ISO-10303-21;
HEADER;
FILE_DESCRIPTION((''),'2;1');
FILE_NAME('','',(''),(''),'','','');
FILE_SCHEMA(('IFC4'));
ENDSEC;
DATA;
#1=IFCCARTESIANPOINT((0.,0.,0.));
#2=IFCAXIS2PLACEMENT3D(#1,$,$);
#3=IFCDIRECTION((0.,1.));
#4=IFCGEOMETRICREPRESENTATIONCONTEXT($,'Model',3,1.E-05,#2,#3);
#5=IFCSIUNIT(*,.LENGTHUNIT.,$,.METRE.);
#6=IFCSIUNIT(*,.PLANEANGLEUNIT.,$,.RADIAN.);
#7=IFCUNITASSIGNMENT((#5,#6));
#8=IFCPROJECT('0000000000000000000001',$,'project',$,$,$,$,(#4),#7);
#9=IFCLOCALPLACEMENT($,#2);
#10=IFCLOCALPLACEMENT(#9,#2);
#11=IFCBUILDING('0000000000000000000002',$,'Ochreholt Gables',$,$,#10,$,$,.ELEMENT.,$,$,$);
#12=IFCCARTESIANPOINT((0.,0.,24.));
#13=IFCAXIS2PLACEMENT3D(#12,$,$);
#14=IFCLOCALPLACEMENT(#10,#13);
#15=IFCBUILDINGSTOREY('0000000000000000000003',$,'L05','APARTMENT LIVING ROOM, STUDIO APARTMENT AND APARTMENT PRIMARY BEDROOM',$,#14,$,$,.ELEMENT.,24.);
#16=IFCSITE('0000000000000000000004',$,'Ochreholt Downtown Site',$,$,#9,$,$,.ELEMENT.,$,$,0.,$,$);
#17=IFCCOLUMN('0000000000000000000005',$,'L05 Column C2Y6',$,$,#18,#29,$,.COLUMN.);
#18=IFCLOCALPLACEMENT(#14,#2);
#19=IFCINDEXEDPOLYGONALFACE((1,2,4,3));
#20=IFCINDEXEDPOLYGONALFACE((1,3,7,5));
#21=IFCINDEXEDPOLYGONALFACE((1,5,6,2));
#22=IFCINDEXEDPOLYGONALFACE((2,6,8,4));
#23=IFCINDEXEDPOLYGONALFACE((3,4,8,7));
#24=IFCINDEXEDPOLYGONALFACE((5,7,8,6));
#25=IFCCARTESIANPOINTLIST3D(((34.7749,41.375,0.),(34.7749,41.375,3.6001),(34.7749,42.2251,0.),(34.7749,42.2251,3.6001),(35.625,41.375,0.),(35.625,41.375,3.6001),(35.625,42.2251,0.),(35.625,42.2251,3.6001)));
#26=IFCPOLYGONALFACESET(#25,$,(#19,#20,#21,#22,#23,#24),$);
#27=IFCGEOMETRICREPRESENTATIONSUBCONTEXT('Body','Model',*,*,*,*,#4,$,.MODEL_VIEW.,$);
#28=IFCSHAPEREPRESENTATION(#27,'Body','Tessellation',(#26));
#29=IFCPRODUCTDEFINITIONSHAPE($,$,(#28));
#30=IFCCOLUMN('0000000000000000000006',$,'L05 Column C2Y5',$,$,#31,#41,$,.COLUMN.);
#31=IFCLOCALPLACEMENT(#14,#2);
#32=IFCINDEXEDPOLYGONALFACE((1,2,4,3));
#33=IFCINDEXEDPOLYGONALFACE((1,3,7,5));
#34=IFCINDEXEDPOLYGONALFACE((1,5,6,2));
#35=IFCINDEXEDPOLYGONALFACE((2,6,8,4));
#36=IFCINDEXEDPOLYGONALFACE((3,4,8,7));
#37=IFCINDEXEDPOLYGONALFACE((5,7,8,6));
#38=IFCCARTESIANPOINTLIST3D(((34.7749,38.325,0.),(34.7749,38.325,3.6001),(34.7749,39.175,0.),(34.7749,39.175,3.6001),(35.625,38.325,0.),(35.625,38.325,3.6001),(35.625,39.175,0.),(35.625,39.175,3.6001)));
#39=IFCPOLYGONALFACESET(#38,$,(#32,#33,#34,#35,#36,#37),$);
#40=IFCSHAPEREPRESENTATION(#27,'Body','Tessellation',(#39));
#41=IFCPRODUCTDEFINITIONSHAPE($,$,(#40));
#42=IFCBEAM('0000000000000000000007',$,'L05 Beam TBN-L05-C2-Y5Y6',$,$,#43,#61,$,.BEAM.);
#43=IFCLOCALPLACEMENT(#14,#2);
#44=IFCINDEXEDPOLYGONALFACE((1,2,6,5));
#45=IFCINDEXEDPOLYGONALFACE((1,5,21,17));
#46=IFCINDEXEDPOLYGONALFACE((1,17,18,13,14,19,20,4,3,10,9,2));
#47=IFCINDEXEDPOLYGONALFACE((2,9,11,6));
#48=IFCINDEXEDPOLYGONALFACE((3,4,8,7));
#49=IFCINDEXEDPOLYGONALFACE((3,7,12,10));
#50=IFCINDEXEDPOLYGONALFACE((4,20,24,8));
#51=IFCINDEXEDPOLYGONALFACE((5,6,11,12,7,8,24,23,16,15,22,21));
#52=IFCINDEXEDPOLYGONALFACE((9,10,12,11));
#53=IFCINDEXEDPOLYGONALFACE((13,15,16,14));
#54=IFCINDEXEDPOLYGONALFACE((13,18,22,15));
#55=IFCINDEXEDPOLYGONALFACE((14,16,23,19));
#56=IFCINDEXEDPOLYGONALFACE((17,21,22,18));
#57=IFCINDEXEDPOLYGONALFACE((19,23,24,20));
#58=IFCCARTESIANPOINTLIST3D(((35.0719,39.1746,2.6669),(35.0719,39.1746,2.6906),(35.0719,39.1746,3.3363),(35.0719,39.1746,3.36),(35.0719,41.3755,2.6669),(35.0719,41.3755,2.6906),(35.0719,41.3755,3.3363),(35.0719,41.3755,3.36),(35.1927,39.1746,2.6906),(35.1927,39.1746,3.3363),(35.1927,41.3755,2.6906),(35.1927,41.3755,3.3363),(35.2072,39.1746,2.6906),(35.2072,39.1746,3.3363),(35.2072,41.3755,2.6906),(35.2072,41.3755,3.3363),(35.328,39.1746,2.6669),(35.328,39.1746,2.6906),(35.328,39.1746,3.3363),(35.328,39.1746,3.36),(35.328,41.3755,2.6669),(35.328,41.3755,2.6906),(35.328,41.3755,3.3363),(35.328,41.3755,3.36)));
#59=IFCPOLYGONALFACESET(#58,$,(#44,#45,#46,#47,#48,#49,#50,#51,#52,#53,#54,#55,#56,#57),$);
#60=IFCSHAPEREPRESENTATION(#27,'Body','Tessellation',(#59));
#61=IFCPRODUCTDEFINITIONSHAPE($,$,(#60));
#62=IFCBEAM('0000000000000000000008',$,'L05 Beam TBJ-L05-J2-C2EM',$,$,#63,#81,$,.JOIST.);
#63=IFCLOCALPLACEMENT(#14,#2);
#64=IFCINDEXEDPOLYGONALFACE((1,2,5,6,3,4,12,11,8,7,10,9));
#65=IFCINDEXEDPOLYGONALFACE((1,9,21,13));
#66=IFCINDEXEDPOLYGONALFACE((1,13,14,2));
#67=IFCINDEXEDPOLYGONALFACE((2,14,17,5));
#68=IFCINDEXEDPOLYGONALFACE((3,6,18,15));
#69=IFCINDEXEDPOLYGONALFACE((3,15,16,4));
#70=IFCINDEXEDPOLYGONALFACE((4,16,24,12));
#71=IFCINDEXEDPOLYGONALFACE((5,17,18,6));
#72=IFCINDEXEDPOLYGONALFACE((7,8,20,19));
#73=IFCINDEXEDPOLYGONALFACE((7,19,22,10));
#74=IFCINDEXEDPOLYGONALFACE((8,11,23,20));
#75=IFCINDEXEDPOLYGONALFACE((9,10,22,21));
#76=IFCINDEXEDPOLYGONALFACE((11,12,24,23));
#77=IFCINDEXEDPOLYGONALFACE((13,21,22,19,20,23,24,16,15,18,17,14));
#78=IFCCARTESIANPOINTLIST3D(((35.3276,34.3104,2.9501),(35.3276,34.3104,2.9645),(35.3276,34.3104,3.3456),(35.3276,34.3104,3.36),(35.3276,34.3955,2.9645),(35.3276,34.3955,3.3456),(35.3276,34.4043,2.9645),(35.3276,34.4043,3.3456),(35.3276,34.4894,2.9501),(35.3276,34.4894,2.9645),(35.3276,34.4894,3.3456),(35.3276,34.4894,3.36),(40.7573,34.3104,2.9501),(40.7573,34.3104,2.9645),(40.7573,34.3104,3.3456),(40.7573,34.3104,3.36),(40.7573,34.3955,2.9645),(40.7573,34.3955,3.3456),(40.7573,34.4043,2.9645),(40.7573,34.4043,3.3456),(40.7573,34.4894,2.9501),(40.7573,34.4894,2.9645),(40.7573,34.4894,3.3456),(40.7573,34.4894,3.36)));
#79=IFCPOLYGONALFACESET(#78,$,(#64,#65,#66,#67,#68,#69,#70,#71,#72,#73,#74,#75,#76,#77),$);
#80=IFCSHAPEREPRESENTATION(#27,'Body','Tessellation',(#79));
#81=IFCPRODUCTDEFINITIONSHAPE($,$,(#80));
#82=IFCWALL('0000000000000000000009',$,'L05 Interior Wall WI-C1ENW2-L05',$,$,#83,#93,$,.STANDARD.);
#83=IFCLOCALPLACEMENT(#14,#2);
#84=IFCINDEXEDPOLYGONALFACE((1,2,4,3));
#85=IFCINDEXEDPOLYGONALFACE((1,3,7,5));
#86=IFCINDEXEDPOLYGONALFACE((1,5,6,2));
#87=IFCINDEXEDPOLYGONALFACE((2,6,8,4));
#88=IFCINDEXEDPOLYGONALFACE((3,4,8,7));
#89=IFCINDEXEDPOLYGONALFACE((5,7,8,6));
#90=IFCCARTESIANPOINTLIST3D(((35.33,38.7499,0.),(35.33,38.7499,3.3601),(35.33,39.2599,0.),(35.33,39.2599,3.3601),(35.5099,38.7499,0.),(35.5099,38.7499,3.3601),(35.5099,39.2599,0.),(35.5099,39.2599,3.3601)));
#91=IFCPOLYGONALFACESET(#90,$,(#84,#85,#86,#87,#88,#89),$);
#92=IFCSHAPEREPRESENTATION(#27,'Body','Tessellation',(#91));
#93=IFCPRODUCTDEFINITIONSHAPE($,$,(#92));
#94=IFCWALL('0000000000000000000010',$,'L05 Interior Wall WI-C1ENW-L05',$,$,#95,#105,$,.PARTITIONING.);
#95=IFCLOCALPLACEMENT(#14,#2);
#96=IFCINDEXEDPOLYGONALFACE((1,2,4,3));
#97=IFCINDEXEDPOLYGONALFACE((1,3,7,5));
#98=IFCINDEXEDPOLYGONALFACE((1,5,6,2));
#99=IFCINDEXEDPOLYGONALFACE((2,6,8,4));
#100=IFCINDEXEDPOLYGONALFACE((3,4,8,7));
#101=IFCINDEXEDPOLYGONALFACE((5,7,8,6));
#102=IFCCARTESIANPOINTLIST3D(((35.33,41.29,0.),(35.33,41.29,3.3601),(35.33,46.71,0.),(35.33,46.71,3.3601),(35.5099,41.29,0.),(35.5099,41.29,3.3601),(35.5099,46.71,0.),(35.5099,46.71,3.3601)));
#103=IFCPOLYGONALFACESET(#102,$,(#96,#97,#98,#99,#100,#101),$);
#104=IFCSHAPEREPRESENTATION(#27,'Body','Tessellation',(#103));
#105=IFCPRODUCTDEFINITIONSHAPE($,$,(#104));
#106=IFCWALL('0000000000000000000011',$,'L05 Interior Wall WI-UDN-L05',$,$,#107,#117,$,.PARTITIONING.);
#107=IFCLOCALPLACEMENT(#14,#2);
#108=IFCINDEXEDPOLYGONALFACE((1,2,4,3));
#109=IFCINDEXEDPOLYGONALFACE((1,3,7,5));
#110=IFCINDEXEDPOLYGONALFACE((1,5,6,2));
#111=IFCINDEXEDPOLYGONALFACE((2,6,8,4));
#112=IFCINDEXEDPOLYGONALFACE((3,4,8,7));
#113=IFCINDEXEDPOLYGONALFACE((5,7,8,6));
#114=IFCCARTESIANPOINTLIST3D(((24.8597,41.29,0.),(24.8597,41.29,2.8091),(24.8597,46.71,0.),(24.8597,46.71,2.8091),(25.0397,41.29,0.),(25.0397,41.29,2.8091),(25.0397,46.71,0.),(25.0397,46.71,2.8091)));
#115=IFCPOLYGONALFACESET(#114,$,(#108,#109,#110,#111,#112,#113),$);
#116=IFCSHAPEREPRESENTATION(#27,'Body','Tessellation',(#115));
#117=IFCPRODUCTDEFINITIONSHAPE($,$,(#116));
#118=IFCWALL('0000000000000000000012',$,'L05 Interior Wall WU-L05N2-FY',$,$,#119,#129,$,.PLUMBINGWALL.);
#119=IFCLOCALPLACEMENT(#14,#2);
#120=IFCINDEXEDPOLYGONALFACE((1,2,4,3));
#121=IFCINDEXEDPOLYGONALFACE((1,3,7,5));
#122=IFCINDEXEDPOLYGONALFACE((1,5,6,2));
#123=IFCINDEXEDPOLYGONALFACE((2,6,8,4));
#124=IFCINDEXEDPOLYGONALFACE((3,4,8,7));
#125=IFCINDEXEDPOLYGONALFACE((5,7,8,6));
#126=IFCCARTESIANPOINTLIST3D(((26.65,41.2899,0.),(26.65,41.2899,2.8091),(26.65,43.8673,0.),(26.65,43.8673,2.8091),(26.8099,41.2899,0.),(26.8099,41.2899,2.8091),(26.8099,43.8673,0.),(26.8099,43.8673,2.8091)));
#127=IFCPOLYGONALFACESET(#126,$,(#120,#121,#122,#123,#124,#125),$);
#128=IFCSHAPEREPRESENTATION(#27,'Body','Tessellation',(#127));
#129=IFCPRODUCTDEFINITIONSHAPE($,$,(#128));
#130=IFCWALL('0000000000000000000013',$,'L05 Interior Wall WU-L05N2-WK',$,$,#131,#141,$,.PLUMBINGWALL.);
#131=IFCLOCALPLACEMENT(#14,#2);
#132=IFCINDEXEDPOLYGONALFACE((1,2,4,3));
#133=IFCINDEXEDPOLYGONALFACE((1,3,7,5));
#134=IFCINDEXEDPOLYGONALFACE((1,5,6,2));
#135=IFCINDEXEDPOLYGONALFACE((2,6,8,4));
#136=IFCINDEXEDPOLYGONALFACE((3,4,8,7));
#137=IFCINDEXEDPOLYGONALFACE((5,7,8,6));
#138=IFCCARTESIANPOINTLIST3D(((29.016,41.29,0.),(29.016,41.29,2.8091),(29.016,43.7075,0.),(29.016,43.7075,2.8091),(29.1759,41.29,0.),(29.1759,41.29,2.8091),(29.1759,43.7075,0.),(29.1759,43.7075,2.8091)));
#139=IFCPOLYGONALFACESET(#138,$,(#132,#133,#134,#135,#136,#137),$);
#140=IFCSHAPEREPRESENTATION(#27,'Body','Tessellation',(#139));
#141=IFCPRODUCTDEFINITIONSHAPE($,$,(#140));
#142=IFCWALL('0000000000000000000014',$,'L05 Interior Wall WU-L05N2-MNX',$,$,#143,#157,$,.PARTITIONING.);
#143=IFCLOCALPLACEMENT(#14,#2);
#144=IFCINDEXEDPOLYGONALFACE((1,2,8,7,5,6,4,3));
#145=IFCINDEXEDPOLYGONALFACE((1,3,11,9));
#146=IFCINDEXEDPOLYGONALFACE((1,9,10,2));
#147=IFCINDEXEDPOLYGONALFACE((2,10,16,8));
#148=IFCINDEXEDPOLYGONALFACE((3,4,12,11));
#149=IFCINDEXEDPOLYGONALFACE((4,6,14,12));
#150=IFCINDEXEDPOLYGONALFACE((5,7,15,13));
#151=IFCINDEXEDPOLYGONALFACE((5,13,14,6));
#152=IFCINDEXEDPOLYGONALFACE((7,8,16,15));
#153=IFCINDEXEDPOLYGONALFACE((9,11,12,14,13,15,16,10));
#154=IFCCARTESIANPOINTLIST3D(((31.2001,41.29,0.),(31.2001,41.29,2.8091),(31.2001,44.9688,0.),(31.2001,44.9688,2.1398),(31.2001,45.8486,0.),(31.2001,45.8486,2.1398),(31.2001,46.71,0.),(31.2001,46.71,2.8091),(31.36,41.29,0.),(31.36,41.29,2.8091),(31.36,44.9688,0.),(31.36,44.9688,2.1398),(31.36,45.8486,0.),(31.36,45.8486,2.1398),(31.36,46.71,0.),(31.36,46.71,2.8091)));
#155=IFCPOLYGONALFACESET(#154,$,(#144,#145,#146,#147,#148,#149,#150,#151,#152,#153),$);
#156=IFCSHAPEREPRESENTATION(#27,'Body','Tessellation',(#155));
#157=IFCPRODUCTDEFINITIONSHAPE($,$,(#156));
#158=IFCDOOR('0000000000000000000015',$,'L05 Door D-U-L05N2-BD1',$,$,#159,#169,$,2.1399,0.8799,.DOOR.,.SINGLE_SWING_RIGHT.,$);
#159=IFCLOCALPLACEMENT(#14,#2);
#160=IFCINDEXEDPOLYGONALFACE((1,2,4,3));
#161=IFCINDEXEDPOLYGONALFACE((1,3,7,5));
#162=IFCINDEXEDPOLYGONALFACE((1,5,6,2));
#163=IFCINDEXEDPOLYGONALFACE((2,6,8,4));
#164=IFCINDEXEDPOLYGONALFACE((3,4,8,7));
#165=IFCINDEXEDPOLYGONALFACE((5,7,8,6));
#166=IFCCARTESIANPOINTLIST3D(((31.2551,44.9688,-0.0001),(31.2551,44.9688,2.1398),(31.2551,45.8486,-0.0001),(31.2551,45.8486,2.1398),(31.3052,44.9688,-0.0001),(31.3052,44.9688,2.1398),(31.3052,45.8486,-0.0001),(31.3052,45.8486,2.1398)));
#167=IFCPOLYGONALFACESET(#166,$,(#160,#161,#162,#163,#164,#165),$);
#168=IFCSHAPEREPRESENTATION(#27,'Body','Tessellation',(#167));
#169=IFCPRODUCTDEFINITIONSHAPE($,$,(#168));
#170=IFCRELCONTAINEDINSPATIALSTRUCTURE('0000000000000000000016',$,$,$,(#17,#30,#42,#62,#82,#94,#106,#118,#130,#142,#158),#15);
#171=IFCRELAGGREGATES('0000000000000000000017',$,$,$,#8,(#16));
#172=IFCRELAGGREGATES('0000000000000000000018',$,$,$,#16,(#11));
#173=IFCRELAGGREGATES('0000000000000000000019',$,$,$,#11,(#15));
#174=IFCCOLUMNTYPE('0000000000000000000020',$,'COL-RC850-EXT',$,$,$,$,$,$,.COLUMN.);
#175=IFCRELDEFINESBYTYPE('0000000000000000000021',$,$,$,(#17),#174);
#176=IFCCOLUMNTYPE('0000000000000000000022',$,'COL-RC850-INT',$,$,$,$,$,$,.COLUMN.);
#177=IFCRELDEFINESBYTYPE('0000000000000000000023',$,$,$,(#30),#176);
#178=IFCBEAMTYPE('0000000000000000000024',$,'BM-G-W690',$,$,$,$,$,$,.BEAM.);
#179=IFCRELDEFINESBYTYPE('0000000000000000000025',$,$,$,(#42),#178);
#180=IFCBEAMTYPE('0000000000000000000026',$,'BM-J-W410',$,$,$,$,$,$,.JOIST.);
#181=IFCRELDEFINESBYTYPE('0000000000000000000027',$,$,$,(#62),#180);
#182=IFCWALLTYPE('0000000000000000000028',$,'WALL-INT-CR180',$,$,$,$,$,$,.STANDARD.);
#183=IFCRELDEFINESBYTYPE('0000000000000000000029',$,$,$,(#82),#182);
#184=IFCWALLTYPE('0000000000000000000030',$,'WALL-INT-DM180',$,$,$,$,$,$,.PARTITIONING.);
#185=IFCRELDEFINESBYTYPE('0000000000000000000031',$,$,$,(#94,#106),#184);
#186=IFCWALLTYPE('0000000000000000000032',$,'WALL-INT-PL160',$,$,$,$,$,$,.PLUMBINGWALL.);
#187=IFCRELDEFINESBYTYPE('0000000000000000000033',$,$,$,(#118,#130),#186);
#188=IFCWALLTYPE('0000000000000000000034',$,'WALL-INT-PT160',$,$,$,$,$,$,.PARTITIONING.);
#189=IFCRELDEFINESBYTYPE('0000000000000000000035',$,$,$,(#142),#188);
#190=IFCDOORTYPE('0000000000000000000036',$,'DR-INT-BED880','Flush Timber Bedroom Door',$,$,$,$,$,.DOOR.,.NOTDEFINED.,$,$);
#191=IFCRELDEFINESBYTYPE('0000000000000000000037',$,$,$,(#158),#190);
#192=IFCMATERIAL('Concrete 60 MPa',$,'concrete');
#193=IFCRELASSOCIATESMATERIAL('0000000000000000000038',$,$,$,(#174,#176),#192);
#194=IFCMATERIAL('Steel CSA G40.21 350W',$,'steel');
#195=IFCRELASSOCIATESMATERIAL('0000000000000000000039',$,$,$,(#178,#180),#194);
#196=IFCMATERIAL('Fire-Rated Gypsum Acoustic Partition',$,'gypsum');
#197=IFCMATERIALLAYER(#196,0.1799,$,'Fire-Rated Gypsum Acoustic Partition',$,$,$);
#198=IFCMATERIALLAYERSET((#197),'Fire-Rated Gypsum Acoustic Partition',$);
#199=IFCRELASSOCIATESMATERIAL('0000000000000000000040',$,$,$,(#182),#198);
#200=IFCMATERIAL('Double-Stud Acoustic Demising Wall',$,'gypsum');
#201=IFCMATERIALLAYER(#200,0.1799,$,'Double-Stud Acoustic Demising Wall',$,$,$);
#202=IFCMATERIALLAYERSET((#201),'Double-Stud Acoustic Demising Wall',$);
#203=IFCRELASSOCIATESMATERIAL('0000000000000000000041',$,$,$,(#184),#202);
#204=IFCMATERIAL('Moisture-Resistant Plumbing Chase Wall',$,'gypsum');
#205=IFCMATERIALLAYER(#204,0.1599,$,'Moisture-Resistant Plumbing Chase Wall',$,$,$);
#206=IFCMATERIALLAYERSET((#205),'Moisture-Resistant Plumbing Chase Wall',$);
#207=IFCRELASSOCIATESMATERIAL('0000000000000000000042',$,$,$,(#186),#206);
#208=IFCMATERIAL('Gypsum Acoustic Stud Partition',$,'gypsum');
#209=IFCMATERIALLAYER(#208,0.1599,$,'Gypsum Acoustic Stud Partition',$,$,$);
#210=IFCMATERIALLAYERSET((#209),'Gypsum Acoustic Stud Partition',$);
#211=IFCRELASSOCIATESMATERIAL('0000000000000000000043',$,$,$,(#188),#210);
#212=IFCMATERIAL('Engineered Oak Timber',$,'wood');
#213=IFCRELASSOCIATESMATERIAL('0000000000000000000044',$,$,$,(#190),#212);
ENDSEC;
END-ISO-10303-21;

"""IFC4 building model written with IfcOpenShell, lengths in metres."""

from ifc_helpers import new_model, si_unit, direction, frame, frame_2d, origin, origin_2d, place, context, subcontext, project, spatial, rectangle, i_section, extrude, material, layer, layer_set, material_profile, profile_set, type_object, element, fill, save


model = new_model("IFC4")

# Units and contexts
model_context = context("Model", 3, precision=1e-05, world=origin(), true_north=direction((0.0, 1.0)))
body_context = subcontext(model_context, "Body", "Model", "MODEL_VIEW")
ifc_project = project(units=[si_unit("LENGTHUNIT", "METRE"), si_unit("PLANEANGLEUNIT", "RADIAN")], contexts=[model_context])

# Site, building, storey
site_placement = place(None, origin())
site = spatial("IfcSite", under=ifc_project, at=site_placement, Name="Ochreholt Downtown Site", CompositionType="ELEMENT", RefElevation=0.0)
building_placement = place(site_placement, origin())
building = spatial("IfcBuilding", under=site, at=building_placement, Name="Ochreholt Gables", CompositionType="ELEMENT")
storey_placement = place(building_placement, frame((0.0, 0.0, 24.0)))
storey = spatial("IfcBuildingStorey", under=building, at=storey_placement, Name="L05", Description="APARTMENT LIVING ROOM, STUDIO APARTMENT AND APARTMENT PRIMARY BEDROOM", CompositionType="ELEMENT", Elevation=24.0)

# Columns
ifc_material_1 = material(Name="Concrete 60 MPa", Category="concrete")
ifc_material_profile_1 = material_profile(ifc_material_1, rectangle(XDim=0.8501, YDim=0.8501, at=origin_2d()), Name="RC850X850")
ifc_profile_set_1 = profile_set([ifc_material_profile_1], Name="Concrete 60 MPa")
column_type_1 = type_object("IfcColumnType", Name="COL-RC850-EXT", PredefinedType="COLUMN", material=ifc_profile_set_1)
column_1_placement = place(storey_placement, frame((35.2, 41.8, 0.0), z_axis=(0.0, 0.0, 1.0), x_axis=(1.0, 0.0, 0.0)))
element("IfcColumn", 1, at=column_1_placement, inside=storey, type_object=column_type_1, Name="L05 Column C2Y6", PredefinedType="COLUMN", context=body_context, shape_type="SweptSolid", body=[
    extrude(rectangle(XDim=0.8501, YDim=0.8501, at=origin_2d()), origin(), (0.0, 0.0, 1.0), 3.6001),
])
ifc_material_profile_2 = material_profile(ifc_material_1, rectangle(XDim=0.8501, YDim=0.8501, at=origin_2d()), Name="RC850X850")
ifc_profile_set_2 = profile_set([ifc_material_profile_2], Name="Concrete 60 MPa")
column_type_2 = type_object("IfcColumnType", Name="COL-RC850-INT", PredefinedType="COLUMN", material=ifc_profile_set_2)
column_2_placement = place(storey_placement, frame((35.2, 38.75, 0.0), z_axis=(0.0, 0.0, 1.0), x_axis=(1.0, 0.0, 0.0)))
element("IfcColumn", 2, at=column_2_placement, inside=storey, type_object=column_type_2, Name="L05 Column C2Y5", PredefinedType="COLUMN", context=body_context, shape_type="SweptSolid", body=[
    extrude(rectangle(XDim=0.8501, YDim=0.8501, at=origin_2d()), origin(), (0.0, 0.0, 1.0), 3.6001),
])

# Beams
ifc_material_2 = material(Name="Steel CSA G40.21 350W", Category="steel")
ifc_material_profile_3 = material_profile(ifc_material_2, i_section(OverallWidth=0.2561, OverallDepth=0.6931, WebThickness=0.0144, FlangeThickness=0.0237, at=origin_2d()), Name="W690X170")
ifc_profile_set_3 = profile_set([ifc_material_profile_3], Name="Steel CSA G40.21 350W")
beam_type_1 = type_object("IfcBeamType", Name="BM-G-W690", PredefinedType="BEAM", material=ifc_profile_set_3)
beam_1_placement = place(storey_placement, frame((35.2, 39.1746, 3.0134), z_axis=(0.0, 1.0, 0.0), x_axis=(-1.0, 0.0, 0.0)))
element("IfcBeam", 3, at=beam_1_placement, inside=storey, type_object=beam_type_1, Name="L05 Beam TBN-L05-C2-Y5Y6", PredefinedType="BEAM", context=body_context, shape_type="SweptSolid", body=[
    extrude(i_section(OverallWidth=0.2561, OverallDepth=0.6931, WebThickness=0.0144, FlangeThickness=0.0237, at=origin_2d()), origin(), (0.0, 0.0, 1.0), 2.2009),
])
ifc_material_profile_4 = material_profile(ifc_material_2, i_section(OverallWidth=0.179, OverallDepth=0.4099, WebThickness=0.0088, FlangeThickness=0.0144, at=origin_2d()), Name="W410X67")
ifc_profile_set_4 = profile_set([ifc_material_profile_4], Name="Steel CSA G40.21 350W")
beam_type_2 = type_object("IfcBeamType", Name="BM-J-W410", PredefinedType="JOIST", material=ifc_profile_set_4)
beam_2_placement = place(storey_placement, frame((35.3276, 34.3999, 3.155), z_axis=(1.0, 0.0, 0.0), x_axis=(0.0, 1.0, 0.0)))
element("IfcBeam", 4, at=beam_2_placement, inside=storey, type_object=beam_type_2, Name="L05 Beam TBJ-L05-J2-C2EM", PredefinedType="JOIST", context=body_context, shape_type="SweptSolid", body=[
    extrude(i_section(OverallWidth=0.179, OverallDepth=0.4099, WebThickness=0.0088, FlangeThickness=0.0144, at=origin_2d()), origin(), (0.0, 0.0, 1.0), 5.4297),
])

# Walls
ifc_material_3 = material(Name="Fire-Rated Gypsum Acoustic Partition", Category="gypsum")
ifc_layer_1 = layer(ifc_material_3, 0.1799, Name="Fire-Rated Gypsum Acoustic Partition")
ifc_layer_set_1 = layer_set([ifc_layer_1], Name="Fire-Rated Gypsum Acoustic Partition")
wall_type_1 = type_object("IfcWallType", Name="WALL-INT-CR180", PredefinedType="STANDARD", material=ifc_layer_set_1)
wall_1_placement = place(storey_placement, frame((35.4199, 38.75, 0.0), z_axis=(0.0, 0.0, 1.0), x_axis=(0.0, 1.0, 0.0)))
element("IfcWall", 5, at=wall_1_placement, inside=storey, type_object=wall_type_1, Name="L05 Interior Wall WI-C1ENW2-L05", PredefinedType="STANDARD", context=body_context, shape_type="SweptSolid", body=[
    extrude(rectangle(XDim=0.51, YDim=0.1799, at=frame_2d((0.2549, 0.0))), origin(), (0.0, 0.0, 1.0), 3.3601),
])
ifc_material_4 = material(Name="Double-Stud Acoustic Demising Wall", Category="gypsum")
ifc_layer_2 = layer(ifc_material_4, 0.1799, Name="Double-Stud Acoustic Demising Wall")
ifc_layer_set_2 = layer_set([ifc_layer_2], Name="Double-Stud Acoustic Demising Wall")
wall_type_2 = type_object("IfcWallType", Name="WALL-INT-DM180", PredefinedType="PARTITIONING", material=ifc_layer_set_2)
wall_2_placement = place(storey_placement, frame((35.4199, 41.29, 0.0), z_axis=(0.0, 0.0, 1.0), x_axis=(0.0, 1.0, 0.0)))
element("IfcWall", 6, at=wall_2_placement, inside=storey, type_object=wall_type_2, Name="L05 Interior Wall WI-C1ENW-L05", PredefinedType="PARTITIONING", context=body_context, shape_type="SweptSolid", body=[
    extrude(rectangle(XDim=5.4199, YDim=0.1799, at=frame_2d((2.71, 0.0))), origin(), (0.0, 0.0, 1.0), 3.3601),
])
wall_3_placement = place(storey_placement, frame((24.9497, 41.29, 0.0), z_axis=(0.0, 0.0, 1.0), x_axis=(0.0, 1.0, 0.0)))
element("IfcWall", 7, at=wall_3_placement, inside=storey, type_object=wall_type_2, Name="L05 Interior Wall WI-UDN-L05", PredefinedType="PARTITIONING", context=body_context, shape_type="SweptSolid", body=[
    extrude(rectangle(XDim=5.4199, YDim=0.1799, at=frame_2d((2.71, 0.0))), origin(), (0.0, 0.0, 1.0), 2.8091),
])

# Shared definitions
ifc_material_5 = material(Name="Moisture-Resistant Plumbing Chase Wall", Category="gypsum")
ifc_layer_3 = layer(ifc_material_5, 0.1599, Name="Moisture-Resistant Plumbing Chase Wall")
ifc_layer_set_3 = layer_set([ifc_layer_3], Name="Moisture-Resistant Plumbing Chase Wall")
wall_type_3 = type_object("IfcWallType", Name="WALL-INT-PL160", PredefinedType="PLUMBINGWALL", material=ifc_layer_set_3)
ifc_material_6 = material(Name="Engineered Oak Timber", Category="wood")

# Walls
wall_4_placement = place(storey_placement, frame((26.73, 41.29, 0.0), z_axis=(0.0, 0.0, 1.0), x_axis=(0.0, 1.0, 0.0)))
element("IfcWall", 8, at=wall_4_placement, inside=storey, type_object=wall_type_3, Name="L05 Interior Wall WU-L05N2-FY", PredefinedType="PLUMBINGWALL", context=body_context, shape_type="SweptSolid", body=[
    extrude(rectangle(XDim=2.5774, YDim=0.1599, at=frame_2d((1.2886, 0.0))), origin(), (0.0, 0.0, 1.0), 2.8091),
])
wall_5_placement = place(storey_placement, frame((29.0959, 41.29, 0.0), z_axis=(0.0, 0.0, 1.0), x_axis=(0.0, 1.0, 0.0)))
element("IfcWall", 9, at=wall_5_placement, inside=storey, type_object=wall_type_3, Name="L05 Interior Wall WU-L05N2-WK", PredefinedType="PLUMBINGWALL", context=body_context, shape_type="SweptSolid", body=[
    extrude(rectangle(XDim=2.4175, YDim=0.1599, at=frame_2d((1.2087, 0.0))), origin(), (0.0, 0.0, 1.0), 2.8091),
])

# Wall, opening, door
ifc_material_7 = material(Name="Gypsum Acoustic Stud Partition", Category="gypsum")
ifc_layer_4 = layer(ifc_material_7, 0.1599, Name="Gypsum Acoustic Stud Partition")
ifc_layer_set_4 = layer_set([ifc_layer_4], Name="Gypsum Acoustic Stud Partition")
wall_type_4 = type_object("IfcWallType", Name="WALL-INT-PT160", PredefinedType="PARTITIONING", material=ifc_layer_set_4)
wall_6_placement = place(storey_placement, frame((31.28, 41.29, 0.0), z_axis=(0.0, 0.0, 1.0), x_axis=(0.0, 1.0, 0.0)))
wall_6 = element("IfcWall", 10, at=wall_6_placement, inside=storey, type_object=wall_type_4, Name="L05 Interior Wall WU-L05N2-MNX", PredefinedType="PARTITIONING", context=body_context, shape_type="SweptSolid", body=[
    extrude(rectangle(XDim=5.4199, YDim=0.1599, at=frame_2d((2.71, 0.0))), origin(), (0.0, 0.0, 1.0), 2.8091),
])
opening_1_placement = place(wall_6_placement, frame((3.6787, 0.0, 0.0)))
opening_1 = element("IfcOpeningElement", 11, at=opening_1_placement, cuts=wall_6, PredefinedType="OPENING", context=body_context, shape_type="SweptSolid", body=[
    extrude(rectangle(XDim=0.8799, YDim=2.1399, at=frame_2d((0.4399, 1.0698))), frame((0.0, 0.0898, 0.0), z_axis=(0.0, -1.0, 0.0), x_axis=(1.0, 0.0, 0.0)), (0.0, 0.0, 1.0), 0.1799),
])
door_type_1 = type_object("IfcDoorType", Name="DR-INT-BED880", Description="Flush Timber Bedroom Door", OperationType="NOTDEFINED", PredefinedType="DOOR", material=ifc_material_6)
door_1_placement = place(opening_1_placement, origin())
door_1 = element("IfcDoor", 12, at=door_1_placement, inside=storey, type_object=door_type_1, Name="L05 Door D-U-L05N2-BD1", OperationType="SINGLE_SWING_RIGHT", OverallHeight=2.1399, OverallWidth=0.8799, PredefinedType="DOOR", context=body_context, shape_type="SweptSolid", body=[
    extrude(rectangle(XDim=0.8799, YDim=2.1399, at=frame_2d((0.4399, 1.0698))), frame((0.0, 0.0249, 0.0), z_axis=(0.0, -1.0, 0.0), x_axis=(1.0, 0.0, 0.0)), (0.0, 0.0, 1.0), 0.05),
])
fill(opening_1, door_1)

save(model, "model.ifc")
